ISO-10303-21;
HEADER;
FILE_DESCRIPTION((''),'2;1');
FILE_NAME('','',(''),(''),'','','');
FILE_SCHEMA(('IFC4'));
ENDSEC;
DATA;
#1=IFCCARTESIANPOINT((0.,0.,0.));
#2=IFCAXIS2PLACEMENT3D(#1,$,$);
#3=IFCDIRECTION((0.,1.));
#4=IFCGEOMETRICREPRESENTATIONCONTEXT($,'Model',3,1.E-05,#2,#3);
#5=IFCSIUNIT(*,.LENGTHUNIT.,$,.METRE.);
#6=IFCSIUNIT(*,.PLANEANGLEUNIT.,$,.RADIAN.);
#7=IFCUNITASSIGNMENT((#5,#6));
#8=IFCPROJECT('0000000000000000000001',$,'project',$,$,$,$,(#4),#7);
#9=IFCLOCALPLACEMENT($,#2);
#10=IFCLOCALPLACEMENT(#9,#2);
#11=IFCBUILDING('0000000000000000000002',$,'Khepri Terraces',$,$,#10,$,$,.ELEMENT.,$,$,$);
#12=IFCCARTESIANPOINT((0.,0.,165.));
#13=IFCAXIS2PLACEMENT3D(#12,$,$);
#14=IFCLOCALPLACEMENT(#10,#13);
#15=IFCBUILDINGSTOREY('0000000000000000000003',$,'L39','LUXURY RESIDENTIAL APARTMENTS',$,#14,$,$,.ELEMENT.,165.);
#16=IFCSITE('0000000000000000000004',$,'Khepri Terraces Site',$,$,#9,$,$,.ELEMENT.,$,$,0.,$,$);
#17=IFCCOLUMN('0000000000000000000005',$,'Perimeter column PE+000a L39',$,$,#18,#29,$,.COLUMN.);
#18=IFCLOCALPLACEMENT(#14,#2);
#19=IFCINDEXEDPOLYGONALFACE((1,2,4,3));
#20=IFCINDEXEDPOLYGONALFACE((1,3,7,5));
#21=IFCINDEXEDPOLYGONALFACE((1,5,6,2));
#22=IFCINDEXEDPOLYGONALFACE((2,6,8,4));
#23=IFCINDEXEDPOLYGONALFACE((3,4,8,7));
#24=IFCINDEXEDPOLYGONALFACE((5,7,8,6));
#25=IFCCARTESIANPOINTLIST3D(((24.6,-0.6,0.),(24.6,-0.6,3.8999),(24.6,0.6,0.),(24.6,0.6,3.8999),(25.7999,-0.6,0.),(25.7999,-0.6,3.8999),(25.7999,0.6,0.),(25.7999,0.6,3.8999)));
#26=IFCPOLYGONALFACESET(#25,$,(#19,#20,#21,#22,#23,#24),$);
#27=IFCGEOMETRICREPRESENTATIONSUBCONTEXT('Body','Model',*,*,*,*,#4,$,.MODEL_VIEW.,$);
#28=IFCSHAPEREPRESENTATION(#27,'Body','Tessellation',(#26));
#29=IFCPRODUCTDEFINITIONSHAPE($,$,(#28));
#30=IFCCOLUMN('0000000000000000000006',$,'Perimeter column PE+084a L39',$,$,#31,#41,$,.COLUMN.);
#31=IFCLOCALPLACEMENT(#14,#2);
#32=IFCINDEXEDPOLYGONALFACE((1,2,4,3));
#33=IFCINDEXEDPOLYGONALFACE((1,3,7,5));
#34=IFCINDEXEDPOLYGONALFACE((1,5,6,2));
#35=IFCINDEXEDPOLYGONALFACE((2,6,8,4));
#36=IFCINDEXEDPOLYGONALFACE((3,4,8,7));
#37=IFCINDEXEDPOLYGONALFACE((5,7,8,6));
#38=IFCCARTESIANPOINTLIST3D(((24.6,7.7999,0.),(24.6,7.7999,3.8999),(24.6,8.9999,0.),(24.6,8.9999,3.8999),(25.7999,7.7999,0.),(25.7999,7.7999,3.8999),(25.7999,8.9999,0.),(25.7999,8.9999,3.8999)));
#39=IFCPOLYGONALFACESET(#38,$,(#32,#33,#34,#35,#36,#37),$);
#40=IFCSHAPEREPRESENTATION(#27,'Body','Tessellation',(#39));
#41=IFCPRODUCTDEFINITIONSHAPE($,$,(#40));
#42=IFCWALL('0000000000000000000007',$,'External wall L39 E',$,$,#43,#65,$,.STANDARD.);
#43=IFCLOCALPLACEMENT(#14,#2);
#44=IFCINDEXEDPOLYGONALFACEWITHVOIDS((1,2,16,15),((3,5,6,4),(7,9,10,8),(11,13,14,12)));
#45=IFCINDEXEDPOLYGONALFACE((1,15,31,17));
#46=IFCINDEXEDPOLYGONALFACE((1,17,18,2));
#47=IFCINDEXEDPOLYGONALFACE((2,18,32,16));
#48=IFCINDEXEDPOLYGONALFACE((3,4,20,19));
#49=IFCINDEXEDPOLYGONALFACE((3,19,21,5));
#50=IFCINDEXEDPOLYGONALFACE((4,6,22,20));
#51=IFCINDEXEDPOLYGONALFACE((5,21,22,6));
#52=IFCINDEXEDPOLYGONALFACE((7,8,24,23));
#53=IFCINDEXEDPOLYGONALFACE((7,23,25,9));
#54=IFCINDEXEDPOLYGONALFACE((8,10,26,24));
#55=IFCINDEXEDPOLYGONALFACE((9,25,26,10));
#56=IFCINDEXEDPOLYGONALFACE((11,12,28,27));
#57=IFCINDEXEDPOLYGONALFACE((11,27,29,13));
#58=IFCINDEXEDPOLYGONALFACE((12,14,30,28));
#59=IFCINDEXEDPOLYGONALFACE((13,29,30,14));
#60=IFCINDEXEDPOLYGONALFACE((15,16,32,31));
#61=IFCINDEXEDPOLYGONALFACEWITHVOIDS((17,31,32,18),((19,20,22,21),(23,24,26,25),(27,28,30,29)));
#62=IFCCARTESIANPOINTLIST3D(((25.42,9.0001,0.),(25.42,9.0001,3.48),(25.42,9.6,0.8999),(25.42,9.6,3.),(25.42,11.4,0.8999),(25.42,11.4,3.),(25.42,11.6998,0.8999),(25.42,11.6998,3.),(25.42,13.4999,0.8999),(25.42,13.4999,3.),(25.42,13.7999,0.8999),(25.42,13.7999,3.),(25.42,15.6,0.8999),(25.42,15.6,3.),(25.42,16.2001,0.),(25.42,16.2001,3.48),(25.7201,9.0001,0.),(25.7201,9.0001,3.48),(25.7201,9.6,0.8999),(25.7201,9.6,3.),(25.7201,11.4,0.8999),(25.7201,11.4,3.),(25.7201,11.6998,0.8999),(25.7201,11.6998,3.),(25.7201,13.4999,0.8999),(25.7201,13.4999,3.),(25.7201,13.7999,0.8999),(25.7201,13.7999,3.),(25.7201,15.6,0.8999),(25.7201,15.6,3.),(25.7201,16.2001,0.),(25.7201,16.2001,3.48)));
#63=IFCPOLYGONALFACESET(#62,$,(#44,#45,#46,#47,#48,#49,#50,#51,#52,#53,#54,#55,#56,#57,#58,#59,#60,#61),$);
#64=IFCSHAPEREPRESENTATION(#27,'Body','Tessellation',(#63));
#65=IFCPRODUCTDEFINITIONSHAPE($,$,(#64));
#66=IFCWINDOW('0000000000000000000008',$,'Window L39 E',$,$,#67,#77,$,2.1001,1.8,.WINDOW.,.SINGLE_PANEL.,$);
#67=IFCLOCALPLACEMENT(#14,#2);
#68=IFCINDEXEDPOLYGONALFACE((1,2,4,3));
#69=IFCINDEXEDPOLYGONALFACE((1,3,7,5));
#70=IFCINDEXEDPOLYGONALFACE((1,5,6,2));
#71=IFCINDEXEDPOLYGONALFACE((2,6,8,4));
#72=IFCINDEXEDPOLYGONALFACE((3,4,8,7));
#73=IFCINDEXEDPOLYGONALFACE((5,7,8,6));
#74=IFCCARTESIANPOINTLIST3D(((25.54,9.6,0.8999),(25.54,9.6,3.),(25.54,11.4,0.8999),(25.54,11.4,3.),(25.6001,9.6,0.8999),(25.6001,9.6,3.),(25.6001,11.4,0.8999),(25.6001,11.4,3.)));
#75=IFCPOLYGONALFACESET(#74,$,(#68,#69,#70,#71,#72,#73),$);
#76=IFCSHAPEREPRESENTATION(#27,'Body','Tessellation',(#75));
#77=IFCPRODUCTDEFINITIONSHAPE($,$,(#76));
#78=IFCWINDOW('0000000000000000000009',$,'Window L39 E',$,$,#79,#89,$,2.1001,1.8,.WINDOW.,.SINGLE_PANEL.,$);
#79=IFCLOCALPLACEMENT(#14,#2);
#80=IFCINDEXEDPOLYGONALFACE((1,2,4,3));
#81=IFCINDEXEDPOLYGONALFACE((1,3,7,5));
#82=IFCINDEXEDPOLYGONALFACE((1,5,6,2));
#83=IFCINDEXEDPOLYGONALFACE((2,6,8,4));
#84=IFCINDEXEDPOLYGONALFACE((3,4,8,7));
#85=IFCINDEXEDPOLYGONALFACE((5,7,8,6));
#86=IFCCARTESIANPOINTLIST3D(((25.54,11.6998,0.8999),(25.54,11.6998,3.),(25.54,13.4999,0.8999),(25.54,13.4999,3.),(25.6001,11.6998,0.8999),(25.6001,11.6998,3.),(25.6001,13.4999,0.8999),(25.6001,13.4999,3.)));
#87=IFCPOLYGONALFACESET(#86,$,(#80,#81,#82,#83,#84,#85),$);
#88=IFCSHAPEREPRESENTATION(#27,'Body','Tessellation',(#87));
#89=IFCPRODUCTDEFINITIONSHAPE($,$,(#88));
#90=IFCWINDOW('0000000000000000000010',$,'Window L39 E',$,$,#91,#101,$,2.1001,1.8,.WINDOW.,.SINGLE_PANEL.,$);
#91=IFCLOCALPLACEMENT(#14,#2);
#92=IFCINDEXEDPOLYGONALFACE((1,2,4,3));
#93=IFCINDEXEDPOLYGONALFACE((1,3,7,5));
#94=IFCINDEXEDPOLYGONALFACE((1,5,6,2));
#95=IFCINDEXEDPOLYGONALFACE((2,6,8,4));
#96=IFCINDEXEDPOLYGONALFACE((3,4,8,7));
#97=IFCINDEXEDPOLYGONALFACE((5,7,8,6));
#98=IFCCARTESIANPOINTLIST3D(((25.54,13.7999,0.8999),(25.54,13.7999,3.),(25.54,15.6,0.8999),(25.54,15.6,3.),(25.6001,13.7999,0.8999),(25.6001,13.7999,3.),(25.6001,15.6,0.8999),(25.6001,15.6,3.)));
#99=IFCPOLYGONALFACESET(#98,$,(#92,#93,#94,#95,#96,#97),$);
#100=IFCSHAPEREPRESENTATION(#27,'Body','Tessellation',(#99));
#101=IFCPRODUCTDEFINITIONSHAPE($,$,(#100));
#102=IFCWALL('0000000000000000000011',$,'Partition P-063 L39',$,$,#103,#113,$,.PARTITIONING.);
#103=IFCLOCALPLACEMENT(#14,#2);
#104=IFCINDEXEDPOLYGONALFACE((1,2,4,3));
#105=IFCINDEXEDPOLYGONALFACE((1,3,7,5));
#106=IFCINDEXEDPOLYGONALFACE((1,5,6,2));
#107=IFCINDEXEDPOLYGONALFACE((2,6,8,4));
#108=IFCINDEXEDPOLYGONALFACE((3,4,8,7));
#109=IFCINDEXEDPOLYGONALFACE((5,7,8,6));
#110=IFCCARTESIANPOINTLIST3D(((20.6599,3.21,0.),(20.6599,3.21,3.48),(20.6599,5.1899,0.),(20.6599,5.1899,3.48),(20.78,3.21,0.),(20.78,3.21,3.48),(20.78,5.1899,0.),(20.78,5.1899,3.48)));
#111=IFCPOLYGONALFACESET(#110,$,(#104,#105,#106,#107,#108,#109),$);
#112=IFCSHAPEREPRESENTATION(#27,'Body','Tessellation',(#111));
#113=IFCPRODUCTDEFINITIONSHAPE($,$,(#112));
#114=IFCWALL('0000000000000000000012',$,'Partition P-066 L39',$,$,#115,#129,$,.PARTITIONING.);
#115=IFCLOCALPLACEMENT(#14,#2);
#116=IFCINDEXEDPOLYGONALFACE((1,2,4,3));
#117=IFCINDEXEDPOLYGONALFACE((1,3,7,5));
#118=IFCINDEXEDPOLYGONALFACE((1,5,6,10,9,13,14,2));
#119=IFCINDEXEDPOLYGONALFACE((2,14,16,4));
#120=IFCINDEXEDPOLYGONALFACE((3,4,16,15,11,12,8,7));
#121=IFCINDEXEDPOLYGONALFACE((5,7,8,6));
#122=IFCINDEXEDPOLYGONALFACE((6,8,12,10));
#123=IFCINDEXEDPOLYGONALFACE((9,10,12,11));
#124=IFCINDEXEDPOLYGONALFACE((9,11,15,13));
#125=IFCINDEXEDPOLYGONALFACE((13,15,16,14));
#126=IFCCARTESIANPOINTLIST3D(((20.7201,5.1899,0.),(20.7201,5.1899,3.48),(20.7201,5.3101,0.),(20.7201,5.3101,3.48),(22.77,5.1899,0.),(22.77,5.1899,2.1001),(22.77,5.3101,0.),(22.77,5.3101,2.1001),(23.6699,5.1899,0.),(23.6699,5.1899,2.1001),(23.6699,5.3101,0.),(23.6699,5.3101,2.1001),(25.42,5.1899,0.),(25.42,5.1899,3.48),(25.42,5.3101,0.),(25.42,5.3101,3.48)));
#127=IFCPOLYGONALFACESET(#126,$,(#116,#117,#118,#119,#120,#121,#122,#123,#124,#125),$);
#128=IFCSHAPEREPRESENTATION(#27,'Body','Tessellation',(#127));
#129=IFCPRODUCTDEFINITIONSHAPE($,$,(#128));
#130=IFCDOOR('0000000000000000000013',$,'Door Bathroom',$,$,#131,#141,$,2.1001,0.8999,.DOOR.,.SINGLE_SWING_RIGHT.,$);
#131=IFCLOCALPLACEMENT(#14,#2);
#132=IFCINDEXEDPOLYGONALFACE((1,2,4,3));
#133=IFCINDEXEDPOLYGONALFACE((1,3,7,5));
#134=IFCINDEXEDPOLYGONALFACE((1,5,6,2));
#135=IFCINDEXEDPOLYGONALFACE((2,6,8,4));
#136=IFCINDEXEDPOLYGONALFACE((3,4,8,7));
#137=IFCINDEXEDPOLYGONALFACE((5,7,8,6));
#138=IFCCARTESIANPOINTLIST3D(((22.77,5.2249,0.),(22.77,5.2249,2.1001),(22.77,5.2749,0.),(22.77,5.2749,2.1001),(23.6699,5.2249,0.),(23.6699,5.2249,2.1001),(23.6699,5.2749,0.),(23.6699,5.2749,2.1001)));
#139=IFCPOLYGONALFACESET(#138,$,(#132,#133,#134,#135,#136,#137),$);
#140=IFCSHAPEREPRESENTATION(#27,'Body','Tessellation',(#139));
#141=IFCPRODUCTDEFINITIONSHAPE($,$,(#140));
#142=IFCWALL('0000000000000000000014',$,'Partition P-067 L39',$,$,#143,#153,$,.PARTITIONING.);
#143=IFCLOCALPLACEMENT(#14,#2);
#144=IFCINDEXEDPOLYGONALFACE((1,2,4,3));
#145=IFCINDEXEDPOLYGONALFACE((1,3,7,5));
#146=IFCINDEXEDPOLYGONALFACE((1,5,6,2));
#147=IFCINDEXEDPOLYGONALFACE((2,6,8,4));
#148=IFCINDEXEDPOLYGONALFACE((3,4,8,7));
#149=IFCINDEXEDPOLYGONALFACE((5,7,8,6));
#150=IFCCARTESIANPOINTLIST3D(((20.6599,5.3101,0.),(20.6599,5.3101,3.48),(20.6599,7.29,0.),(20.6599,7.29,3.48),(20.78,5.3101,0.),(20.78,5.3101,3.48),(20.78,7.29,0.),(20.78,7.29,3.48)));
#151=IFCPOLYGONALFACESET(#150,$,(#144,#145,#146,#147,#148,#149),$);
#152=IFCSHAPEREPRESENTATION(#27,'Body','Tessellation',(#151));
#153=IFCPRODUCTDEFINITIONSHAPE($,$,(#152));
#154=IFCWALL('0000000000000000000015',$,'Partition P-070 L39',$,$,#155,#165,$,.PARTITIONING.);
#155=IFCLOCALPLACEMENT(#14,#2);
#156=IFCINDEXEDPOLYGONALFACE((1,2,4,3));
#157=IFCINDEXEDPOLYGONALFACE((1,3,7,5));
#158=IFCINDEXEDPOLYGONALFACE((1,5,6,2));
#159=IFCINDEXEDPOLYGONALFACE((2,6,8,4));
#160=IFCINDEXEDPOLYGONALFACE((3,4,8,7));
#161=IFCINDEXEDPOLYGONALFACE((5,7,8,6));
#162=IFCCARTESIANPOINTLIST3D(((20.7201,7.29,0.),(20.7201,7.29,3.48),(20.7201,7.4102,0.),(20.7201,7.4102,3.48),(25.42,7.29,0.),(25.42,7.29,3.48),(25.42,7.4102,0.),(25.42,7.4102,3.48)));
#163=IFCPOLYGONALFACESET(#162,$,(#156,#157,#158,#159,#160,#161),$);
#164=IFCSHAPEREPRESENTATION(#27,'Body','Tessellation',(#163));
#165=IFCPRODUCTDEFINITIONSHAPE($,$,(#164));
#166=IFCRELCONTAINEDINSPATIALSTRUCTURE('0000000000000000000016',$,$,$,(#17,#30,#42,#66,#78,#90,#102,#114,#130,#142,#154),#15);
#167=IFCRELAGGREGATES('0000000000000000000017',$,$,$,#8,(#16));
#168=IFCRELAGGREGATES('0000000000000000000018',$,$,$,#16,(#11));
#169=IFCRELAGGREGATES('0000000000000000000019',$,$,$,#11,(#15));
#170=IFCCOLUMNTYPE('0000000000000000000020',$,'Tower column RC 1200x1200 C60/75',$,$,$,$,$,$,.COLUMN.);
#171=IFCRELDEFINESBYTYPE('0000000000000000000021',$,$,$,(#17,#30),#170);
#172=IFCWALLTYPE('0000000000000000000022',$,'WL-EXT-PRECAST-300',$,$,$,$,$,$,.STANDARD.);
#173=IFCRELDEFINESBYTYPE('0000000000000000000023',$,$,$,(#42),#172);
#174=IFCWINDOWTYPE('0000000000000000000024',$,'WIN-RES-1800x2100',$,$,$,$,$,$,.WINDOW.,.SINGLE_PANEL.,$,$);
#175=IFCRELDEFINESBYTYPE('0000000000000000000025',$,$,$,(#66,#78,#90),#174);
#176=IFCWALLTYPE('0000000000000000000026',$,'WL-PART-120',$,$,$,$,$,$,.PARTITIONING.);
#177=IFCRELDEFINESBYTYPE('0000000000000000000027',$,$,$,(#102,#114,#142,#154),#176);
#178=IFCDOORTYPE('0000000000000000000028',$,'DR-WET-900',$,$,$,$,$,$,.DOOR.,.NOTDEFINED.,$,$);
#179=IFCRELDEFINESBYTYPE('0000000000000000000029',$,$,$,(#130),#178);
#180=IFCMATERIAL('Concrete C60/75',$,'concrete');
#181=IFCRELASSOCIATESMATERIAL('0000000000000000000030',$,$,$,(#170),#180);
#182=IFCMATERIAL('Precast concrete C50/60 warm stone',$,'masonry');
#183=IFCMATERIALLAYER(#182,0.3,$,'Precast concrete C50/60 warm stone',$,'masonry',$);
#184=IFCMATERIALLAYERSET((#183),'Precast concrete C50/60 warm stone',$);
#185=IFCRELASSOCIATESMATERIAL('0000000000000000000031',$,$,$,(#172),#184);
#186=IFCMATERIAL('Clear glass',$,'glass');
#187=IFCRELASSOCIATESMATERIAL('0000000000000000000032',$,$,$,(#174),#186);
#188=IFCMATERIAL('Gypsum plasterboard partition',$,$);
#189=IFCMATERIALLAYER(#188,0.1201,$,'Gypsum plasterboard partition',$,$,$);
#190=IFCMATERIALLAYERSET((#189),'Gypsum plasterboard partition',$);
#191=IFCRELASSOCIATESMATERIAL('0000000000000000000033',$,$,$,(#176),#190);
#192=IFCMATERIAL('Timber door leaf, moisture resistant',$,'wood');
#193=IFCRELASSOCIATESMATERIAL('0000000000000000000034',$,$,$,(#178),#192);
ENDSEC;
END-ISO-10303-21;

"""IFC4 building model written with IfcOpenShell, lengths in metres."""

from ifc_helpers import new_model, si_unit, direction, frame, frame_2d, origin, origin_2d, place, context, subcontext, project, spatial, rectangle, extrude, material, layer, layer_set, material_profile, profile_set, type_object, element, fill, save


model = new_model("IFC4")

# Units and contexts
model_context = context("Model", 3, precision=1e-05, world=origin(), true_north=direction((0.0, 1.0)))
body_context = subcontext(model_context, "Body", "Model", "MODEL_VIEW")
ifc_project = project(units=[si_unit("LENGTHUNIT", "METRE"), si_unit("PLANEANGLEUNIT", "RADIAN")], contexts=[model_context])

# Site, building, storey
site_placement = place(None, origin())
site = spatial("IfcSite", under=ifc_project, at=site_placement, Name="Khepri Terraces Site", CompositionType="ELEMENT", RefElevation=0.0)
building_placement = place(site_placement, origin())
building = spatial("IfcBuilding", under=site, at=building_placement, Name="Khepri Terraces", CompositionType="ELEMENT")
storey_placement = place(building_placement, frame((0.0, 0.0, 165.0)))
storey = spatial("IfcBuildingStorey", under=building, at=storey_placement, Name="L39", Description="LUXURY RESIDENTIAL APARTMENTS", CompositionType="ELEMENT", Elevation=165.0)

# Columns
ifc_material_1 = material(Name="Concrete C60/75", Category="concrete")
ifc_material_profile = material_profile(ifc_material_1, rectangle(XDim=1.2, YDim=1.2, at=origin_2d()), Name="Concrete C60/75", Category="concrete")
ifc_profile_set = profile_set([ifc_material_profile], Name="Concrete C60/75")
column_type = type_object("IfcColumnType", Name="Tower column RC 1200x1200 C60/75", PredefinedType="COLUMN", material=ifc_profile_set)
for number, where, z_axis, x_axis, name in (
    (1, (25.2, 0.0, 0.0), (0.0, 0.0, 1.0), (1.0, 0.0, 0.0), "Perimeter column PE+000a L39"),
    (2, (25.2, 8.3999, 0.0), (0.0, 0.0, 1.0), (1.0, 0.0, 0.0), "Perimeter column PE+084a L39"),
):
    element("IfcColumn", number, at=place(storey_placement, frame(where, z_axis=z_axis, x_axis=x_axis)), inside=storey, type_object=column_type, Name=name, PredefinedType="COLUMN", context=body_context, shape_type="SweptSolid", body=[
        extrude(rectangle(XDim=1.2, YDim=1.2, at=origin_2d()), origin(), (0.0, 0.0, 1.0), 3.8999),
    ])

# Shared definitions
ifc_material_2 = material(Name="Precast concrete C50/60 warm stone", Category="masonry")
ifc_layer_1 = layer(ifc_material_2, 0.3, Name="Precast concrete C50/60 warm stone", Category="masonry")
ifc_layer_set_1 = layer_set([ifc_layer_1], Name="Precast concrete C50/60 warm stone")
wall_type_1 = type_object("IfcWallType", Name="WL-EXT-PRECAST-300", PredefinedType="STANDARD", material=ifc_layer_set_1)
ifc_material_3 = material(Name="Clear glass", Category="glass")
window_type = type_object("IfcWindowType", Name="WIN-RES-1800x2100", PartitioningType="SINGLE_PANEL", PredefinedType="WINDOW", material=ifc_material_3)

# Wall, openings, windows
wall_1_placement = place(storey_placement, frame((25.5701, 9.0, 0.0), z_axis=(0.0, 0.0, 1.0), x_axis=(0.0, 1.0, 0.0)))
wall_1 = element("IfcWall", 3, at=wall_1_placement, inside=storey, type_object=wall_type_1, Name="External wall L39 E", PredefinedType="STANDARD", context=body_context, shape_type="SweptSolid", body=[
    extrude(rectangle(XDim=7.2, YDim=0.3, at=frame_2d((3.6001, 0.0))), origin(), (0.0, 0.0, 1.0), 3.48),
])
opening_1_placement = place(wall_1_placement, frame((0.6001, 0.0, 0.8999)))
opening_1 = element("IfcOpeningElement", 4, at=opening_1_placement, cuts=wall_1, PredefinedType="OPENING", context=body_context, shape_type="SweptSolid", body=[
    extrude(rectangle(XDim=1.8, YDim=2.1001, at=frame_2d((0.8999, 1.05))), frame((0.0, 0.1602, 0.0), z_axis=(0.0, -1.0, 0.0), x_axis=(1.0, 0.0, 0.0)), (0.0, 0.0, 1.0), 0.3201),
])
opening_2_placement = place(wall_1_placement, frame((2.7, 0.0, 0.8999)))
opening_2 = element("IfcOpeningElement", 5, at=opening_2_placement, cuts=wall_1, PredefinedType="OPENING", context=body_context, shape_type="SweptSolid", body=[
    extrude(rectangle(XDim=1.8, YDim=2.1001, at=frame_2d((0.8999, 1.05))), frame((0.0, 0.1602, 0.0), z_axis=(0.0, -1.0, 0.0), x_axis=(1.0, 0.0, 0.0)), (0.0, 0.0, 1.0), 0.3201),
])
opening_3_placement = place(wall_1_placement, frame((4.8, 0.0, 0.8999)))
opening_3 = element("IfcOpeningElement", 6, at=opening_3_placement, cuts=wall_1, PredefinedType="OPENING", context=body_context, shape_type="SweptSolid", body=[
    extrude(rectangle(XDim=1.8, YDim=2.1001, at=frame_2d((0.8999, 1.05))), frame((0.0, 0.1602, 0.0), z_axis=(0.0, -1.0, 0.0), x_axis=(1.0, 0.0, 0.0)), (0.0, 0.0, 1.0), 0.3201),
])
window_1_placement = place(opening_1_placement, origin())
window_1 = element("IfcWindow", 7, at=window_1_placement, inside=storey, type_object=window_type, Name="Window L39 E", OverallHeight=2.1001, OverallWidth=1.8, PartitioningType="SINGLE_PANEL", PredefinedType="WINDOW", context=body_context, shape_type="SweptSolid", body=[
    extrude(rectangle(XDim=1.8, YDim=2.1001, at=frame_2d((0.8999, 1.05))), frame((0.0, 0.03, 0.0), z_axis=(0.0, -1.0, 0.0), x_axis=(1.0, 0.0, 0.0)), (0.0, 0.0, 1.0), 0.0601),
])
fill(opening_1, window_1)
window_2_placement = place(opening_2_placement, origin())
window_2 = element("IfcWindow", 8, at=window_2_placement, inside=storey, type_object=window_type, Name="Window L39 E", OverallHeight=2.1001, OverallWidth=1.8, PartitioningType="SINGLE_PANEL", PredefinedType="WINDOW", context=body_context, shape_type="SweptSolid", body=[
    extrude(rectangle(XDim=1.8, YDim=2.1001, at=frame_2d((0.8999, 1.05))), frame((0.0, 0.03, 0.0), z_axis=(0.0, -1.0, 0.0), x_axis=(1.0, 0.0, 0.0)), (0.0, 0.0, 1.0), 0.0601),
])
fill(opening_2, window_2)
window_3_placement = place(opening_3_placement, origin())
window_3 = element("IfcWindow", 9, at=window_3_placement, inside=storey, type_object=window_type, Name="Window L39 E", OverallHeight=2.1001, OverallWidth=1.8, PartitioningType="SINGLE_PANEL", PredefinedType="WINDOW", context=body_context, shape_type="SweptSolid", body=[
    extrude(rectangle(XDim=1.8, YDim=2.1001, at=frame_2d((0.8999, 1.05))), frame((0.0, 0.03, 0.0), z_axis=(0.0, -1.0, 0.0), x_axis=(1.0, 0.0, 0.0)), (0.0, 0.0, 1.0), 0.0601),
])
fill(opening_3, window_3)

# Wall
ifc_material_4 = material(Name="Gypsum plasterboard partition")
ifc_layer_2 = layer(ifc_material_4, 0.1201, Name="Gypsum plasterboard partition")
ifc_layer_set_2 = layer_set([ifc_layer_2], Name="Gypsum plasterboard partition")
wall_type_2 = type_object("IfcWallType", Name="WL-PART-120", PredefinedType="PARTITIONING", material=ifc_layer_set_2)
wall_2_placement = place(storey_placement, frame((20.72, 3.21, 0.0), z_axis=(0.0, 0.0, 1.0), x_axis=(0.0, 1.0, 0.0)))
element("IfcWall", 10, at=wall_2_placement, inside=storey, type_object=wall_type_2, Name="Partition P-063 L39", PredefinedType="PARTITIONING", context=body_context, shape_type="SweptSolid", body=[
    extrude(rectangle(XDim=1.98, YDim=0.1201, at=frame_2d((0.99, 0.0))), origin(), (0.0, 0.0, 1.0), 3.48),
])

# Wall, opening, door
wall_3_placement = place(storey_placement, frame((20.72, 5.25, 0.0), z_axis=(0.0, 0.0, 1.0), x_axis=(1.0, 0.0, 0.0)))
wall_3 = element("IfcWall", 11, at=wall_3_placement, inside=storey, type_object=wall_type_2, Name="Partition P-066 L39", PredefinedType="PARTITIONING", context=body_context, shape_type="SweptSolid", body=[
    extrude(rectangle(XDim=4.7, YDim=0.1201, at=frame_2d((2.3501, 0.0))), origin(), (0.0, 0.0, 1.0), 3.48),
])
opening_4_placement = place(wall_3_placement, frame((2.05, 0.0, 0.0)))
opening_4 = element("IfcOpeningElement", 12, at=opening_4_placement, cuts=wall_3, PredefinedType="OPENING", context=body_context, shape_type="SweptSolid", body=[
    extrude(rectangle(XDim=0.8999, YDim=2.1001, at=frame_2d((0.45, 1.05))), frame((0.0, 0.0701, 0.0), z_axis=(0.0, -1.0, 0.0), x_axis=(1.0, 0.0, 0.0)), (0.0, 0.0, 1.0), 0.1401),
])
ifc_material_5 = material(Name="Timber door leaf, moisture resistant", Category="wood")
door_type_1 = type_object("IfcDoorType", Name="DR-WET-900", OperationType="NOTDEFINED", PredefinedType="DOOR", material=ifc_material_5)
door_1_placement = place(opening_4_placement, origin())
door_1 = element("IfcDoor", 13, at=door_1_placement, inside=storey, type_object=door_type_1, Name="Door Bathroom", OperationType="SINGLE_SWING_RIGHT", OverallHeight=2.1001, OverallWidth=0.8999, PredefinedType="DOOR", context=body_context, shape_type="SweptSolid", body=[
    extrude(rectangle(XDim=0.8999, YDim=2.1001, at=frame_2d((0.45, 1.05))), frame((0.0, 0.0249, 0.0), z_axis=(0.0, -1.0, 0.0), x_axis=(1.0, 0.0, 0.0)), (0.0, 0.0, 1.0), 0.05),
])
fill(opening_4, door_1)

# Walls
wall_4_placement = place(storey_placement, frame((20.72, 5.3101, 0.0), z_axis=(0.0, 0.0, 1.0), x_axis=(0.0, 1.0, 0.0)))
element("IfcWall", 14, at=wall_4_placement, inside=storey, type_object=wall_type_2, Name="Partition P-067 L39", PredefinedType="PARTITIONING", context=body_context, shape_type="SweptSolid", body=[
    extrude(rectangle(XDim=1.98, YDim=0.1201, at=frame_2d((0.99, 0.0))), origin(), (0.0, 0.0, 1.0), 3.48),
])
wall_5_placement = place(storey_placement, frame((20.72, 7.3501, 0.0), z_axis=(0.0, 0.0, 1.0), x_axis=(1.0, 0.0, 0.0)))
element("IfcWall", 15, at=wall_5_placement, inside=storey, type_object=wall_type_2, Name="Partition P-070 L39", PredefinedType="PARTITIONING", context=body_context, shape_type="SweptSolid", body=[
    extrude(rectangle(XDim=4.7, YDim=0.1201, at=frame_2d((2.3501, 0.0))), origin(), (0.0, 0.0, 1.0), 3.48),
])

save(model, "model.ifc")
